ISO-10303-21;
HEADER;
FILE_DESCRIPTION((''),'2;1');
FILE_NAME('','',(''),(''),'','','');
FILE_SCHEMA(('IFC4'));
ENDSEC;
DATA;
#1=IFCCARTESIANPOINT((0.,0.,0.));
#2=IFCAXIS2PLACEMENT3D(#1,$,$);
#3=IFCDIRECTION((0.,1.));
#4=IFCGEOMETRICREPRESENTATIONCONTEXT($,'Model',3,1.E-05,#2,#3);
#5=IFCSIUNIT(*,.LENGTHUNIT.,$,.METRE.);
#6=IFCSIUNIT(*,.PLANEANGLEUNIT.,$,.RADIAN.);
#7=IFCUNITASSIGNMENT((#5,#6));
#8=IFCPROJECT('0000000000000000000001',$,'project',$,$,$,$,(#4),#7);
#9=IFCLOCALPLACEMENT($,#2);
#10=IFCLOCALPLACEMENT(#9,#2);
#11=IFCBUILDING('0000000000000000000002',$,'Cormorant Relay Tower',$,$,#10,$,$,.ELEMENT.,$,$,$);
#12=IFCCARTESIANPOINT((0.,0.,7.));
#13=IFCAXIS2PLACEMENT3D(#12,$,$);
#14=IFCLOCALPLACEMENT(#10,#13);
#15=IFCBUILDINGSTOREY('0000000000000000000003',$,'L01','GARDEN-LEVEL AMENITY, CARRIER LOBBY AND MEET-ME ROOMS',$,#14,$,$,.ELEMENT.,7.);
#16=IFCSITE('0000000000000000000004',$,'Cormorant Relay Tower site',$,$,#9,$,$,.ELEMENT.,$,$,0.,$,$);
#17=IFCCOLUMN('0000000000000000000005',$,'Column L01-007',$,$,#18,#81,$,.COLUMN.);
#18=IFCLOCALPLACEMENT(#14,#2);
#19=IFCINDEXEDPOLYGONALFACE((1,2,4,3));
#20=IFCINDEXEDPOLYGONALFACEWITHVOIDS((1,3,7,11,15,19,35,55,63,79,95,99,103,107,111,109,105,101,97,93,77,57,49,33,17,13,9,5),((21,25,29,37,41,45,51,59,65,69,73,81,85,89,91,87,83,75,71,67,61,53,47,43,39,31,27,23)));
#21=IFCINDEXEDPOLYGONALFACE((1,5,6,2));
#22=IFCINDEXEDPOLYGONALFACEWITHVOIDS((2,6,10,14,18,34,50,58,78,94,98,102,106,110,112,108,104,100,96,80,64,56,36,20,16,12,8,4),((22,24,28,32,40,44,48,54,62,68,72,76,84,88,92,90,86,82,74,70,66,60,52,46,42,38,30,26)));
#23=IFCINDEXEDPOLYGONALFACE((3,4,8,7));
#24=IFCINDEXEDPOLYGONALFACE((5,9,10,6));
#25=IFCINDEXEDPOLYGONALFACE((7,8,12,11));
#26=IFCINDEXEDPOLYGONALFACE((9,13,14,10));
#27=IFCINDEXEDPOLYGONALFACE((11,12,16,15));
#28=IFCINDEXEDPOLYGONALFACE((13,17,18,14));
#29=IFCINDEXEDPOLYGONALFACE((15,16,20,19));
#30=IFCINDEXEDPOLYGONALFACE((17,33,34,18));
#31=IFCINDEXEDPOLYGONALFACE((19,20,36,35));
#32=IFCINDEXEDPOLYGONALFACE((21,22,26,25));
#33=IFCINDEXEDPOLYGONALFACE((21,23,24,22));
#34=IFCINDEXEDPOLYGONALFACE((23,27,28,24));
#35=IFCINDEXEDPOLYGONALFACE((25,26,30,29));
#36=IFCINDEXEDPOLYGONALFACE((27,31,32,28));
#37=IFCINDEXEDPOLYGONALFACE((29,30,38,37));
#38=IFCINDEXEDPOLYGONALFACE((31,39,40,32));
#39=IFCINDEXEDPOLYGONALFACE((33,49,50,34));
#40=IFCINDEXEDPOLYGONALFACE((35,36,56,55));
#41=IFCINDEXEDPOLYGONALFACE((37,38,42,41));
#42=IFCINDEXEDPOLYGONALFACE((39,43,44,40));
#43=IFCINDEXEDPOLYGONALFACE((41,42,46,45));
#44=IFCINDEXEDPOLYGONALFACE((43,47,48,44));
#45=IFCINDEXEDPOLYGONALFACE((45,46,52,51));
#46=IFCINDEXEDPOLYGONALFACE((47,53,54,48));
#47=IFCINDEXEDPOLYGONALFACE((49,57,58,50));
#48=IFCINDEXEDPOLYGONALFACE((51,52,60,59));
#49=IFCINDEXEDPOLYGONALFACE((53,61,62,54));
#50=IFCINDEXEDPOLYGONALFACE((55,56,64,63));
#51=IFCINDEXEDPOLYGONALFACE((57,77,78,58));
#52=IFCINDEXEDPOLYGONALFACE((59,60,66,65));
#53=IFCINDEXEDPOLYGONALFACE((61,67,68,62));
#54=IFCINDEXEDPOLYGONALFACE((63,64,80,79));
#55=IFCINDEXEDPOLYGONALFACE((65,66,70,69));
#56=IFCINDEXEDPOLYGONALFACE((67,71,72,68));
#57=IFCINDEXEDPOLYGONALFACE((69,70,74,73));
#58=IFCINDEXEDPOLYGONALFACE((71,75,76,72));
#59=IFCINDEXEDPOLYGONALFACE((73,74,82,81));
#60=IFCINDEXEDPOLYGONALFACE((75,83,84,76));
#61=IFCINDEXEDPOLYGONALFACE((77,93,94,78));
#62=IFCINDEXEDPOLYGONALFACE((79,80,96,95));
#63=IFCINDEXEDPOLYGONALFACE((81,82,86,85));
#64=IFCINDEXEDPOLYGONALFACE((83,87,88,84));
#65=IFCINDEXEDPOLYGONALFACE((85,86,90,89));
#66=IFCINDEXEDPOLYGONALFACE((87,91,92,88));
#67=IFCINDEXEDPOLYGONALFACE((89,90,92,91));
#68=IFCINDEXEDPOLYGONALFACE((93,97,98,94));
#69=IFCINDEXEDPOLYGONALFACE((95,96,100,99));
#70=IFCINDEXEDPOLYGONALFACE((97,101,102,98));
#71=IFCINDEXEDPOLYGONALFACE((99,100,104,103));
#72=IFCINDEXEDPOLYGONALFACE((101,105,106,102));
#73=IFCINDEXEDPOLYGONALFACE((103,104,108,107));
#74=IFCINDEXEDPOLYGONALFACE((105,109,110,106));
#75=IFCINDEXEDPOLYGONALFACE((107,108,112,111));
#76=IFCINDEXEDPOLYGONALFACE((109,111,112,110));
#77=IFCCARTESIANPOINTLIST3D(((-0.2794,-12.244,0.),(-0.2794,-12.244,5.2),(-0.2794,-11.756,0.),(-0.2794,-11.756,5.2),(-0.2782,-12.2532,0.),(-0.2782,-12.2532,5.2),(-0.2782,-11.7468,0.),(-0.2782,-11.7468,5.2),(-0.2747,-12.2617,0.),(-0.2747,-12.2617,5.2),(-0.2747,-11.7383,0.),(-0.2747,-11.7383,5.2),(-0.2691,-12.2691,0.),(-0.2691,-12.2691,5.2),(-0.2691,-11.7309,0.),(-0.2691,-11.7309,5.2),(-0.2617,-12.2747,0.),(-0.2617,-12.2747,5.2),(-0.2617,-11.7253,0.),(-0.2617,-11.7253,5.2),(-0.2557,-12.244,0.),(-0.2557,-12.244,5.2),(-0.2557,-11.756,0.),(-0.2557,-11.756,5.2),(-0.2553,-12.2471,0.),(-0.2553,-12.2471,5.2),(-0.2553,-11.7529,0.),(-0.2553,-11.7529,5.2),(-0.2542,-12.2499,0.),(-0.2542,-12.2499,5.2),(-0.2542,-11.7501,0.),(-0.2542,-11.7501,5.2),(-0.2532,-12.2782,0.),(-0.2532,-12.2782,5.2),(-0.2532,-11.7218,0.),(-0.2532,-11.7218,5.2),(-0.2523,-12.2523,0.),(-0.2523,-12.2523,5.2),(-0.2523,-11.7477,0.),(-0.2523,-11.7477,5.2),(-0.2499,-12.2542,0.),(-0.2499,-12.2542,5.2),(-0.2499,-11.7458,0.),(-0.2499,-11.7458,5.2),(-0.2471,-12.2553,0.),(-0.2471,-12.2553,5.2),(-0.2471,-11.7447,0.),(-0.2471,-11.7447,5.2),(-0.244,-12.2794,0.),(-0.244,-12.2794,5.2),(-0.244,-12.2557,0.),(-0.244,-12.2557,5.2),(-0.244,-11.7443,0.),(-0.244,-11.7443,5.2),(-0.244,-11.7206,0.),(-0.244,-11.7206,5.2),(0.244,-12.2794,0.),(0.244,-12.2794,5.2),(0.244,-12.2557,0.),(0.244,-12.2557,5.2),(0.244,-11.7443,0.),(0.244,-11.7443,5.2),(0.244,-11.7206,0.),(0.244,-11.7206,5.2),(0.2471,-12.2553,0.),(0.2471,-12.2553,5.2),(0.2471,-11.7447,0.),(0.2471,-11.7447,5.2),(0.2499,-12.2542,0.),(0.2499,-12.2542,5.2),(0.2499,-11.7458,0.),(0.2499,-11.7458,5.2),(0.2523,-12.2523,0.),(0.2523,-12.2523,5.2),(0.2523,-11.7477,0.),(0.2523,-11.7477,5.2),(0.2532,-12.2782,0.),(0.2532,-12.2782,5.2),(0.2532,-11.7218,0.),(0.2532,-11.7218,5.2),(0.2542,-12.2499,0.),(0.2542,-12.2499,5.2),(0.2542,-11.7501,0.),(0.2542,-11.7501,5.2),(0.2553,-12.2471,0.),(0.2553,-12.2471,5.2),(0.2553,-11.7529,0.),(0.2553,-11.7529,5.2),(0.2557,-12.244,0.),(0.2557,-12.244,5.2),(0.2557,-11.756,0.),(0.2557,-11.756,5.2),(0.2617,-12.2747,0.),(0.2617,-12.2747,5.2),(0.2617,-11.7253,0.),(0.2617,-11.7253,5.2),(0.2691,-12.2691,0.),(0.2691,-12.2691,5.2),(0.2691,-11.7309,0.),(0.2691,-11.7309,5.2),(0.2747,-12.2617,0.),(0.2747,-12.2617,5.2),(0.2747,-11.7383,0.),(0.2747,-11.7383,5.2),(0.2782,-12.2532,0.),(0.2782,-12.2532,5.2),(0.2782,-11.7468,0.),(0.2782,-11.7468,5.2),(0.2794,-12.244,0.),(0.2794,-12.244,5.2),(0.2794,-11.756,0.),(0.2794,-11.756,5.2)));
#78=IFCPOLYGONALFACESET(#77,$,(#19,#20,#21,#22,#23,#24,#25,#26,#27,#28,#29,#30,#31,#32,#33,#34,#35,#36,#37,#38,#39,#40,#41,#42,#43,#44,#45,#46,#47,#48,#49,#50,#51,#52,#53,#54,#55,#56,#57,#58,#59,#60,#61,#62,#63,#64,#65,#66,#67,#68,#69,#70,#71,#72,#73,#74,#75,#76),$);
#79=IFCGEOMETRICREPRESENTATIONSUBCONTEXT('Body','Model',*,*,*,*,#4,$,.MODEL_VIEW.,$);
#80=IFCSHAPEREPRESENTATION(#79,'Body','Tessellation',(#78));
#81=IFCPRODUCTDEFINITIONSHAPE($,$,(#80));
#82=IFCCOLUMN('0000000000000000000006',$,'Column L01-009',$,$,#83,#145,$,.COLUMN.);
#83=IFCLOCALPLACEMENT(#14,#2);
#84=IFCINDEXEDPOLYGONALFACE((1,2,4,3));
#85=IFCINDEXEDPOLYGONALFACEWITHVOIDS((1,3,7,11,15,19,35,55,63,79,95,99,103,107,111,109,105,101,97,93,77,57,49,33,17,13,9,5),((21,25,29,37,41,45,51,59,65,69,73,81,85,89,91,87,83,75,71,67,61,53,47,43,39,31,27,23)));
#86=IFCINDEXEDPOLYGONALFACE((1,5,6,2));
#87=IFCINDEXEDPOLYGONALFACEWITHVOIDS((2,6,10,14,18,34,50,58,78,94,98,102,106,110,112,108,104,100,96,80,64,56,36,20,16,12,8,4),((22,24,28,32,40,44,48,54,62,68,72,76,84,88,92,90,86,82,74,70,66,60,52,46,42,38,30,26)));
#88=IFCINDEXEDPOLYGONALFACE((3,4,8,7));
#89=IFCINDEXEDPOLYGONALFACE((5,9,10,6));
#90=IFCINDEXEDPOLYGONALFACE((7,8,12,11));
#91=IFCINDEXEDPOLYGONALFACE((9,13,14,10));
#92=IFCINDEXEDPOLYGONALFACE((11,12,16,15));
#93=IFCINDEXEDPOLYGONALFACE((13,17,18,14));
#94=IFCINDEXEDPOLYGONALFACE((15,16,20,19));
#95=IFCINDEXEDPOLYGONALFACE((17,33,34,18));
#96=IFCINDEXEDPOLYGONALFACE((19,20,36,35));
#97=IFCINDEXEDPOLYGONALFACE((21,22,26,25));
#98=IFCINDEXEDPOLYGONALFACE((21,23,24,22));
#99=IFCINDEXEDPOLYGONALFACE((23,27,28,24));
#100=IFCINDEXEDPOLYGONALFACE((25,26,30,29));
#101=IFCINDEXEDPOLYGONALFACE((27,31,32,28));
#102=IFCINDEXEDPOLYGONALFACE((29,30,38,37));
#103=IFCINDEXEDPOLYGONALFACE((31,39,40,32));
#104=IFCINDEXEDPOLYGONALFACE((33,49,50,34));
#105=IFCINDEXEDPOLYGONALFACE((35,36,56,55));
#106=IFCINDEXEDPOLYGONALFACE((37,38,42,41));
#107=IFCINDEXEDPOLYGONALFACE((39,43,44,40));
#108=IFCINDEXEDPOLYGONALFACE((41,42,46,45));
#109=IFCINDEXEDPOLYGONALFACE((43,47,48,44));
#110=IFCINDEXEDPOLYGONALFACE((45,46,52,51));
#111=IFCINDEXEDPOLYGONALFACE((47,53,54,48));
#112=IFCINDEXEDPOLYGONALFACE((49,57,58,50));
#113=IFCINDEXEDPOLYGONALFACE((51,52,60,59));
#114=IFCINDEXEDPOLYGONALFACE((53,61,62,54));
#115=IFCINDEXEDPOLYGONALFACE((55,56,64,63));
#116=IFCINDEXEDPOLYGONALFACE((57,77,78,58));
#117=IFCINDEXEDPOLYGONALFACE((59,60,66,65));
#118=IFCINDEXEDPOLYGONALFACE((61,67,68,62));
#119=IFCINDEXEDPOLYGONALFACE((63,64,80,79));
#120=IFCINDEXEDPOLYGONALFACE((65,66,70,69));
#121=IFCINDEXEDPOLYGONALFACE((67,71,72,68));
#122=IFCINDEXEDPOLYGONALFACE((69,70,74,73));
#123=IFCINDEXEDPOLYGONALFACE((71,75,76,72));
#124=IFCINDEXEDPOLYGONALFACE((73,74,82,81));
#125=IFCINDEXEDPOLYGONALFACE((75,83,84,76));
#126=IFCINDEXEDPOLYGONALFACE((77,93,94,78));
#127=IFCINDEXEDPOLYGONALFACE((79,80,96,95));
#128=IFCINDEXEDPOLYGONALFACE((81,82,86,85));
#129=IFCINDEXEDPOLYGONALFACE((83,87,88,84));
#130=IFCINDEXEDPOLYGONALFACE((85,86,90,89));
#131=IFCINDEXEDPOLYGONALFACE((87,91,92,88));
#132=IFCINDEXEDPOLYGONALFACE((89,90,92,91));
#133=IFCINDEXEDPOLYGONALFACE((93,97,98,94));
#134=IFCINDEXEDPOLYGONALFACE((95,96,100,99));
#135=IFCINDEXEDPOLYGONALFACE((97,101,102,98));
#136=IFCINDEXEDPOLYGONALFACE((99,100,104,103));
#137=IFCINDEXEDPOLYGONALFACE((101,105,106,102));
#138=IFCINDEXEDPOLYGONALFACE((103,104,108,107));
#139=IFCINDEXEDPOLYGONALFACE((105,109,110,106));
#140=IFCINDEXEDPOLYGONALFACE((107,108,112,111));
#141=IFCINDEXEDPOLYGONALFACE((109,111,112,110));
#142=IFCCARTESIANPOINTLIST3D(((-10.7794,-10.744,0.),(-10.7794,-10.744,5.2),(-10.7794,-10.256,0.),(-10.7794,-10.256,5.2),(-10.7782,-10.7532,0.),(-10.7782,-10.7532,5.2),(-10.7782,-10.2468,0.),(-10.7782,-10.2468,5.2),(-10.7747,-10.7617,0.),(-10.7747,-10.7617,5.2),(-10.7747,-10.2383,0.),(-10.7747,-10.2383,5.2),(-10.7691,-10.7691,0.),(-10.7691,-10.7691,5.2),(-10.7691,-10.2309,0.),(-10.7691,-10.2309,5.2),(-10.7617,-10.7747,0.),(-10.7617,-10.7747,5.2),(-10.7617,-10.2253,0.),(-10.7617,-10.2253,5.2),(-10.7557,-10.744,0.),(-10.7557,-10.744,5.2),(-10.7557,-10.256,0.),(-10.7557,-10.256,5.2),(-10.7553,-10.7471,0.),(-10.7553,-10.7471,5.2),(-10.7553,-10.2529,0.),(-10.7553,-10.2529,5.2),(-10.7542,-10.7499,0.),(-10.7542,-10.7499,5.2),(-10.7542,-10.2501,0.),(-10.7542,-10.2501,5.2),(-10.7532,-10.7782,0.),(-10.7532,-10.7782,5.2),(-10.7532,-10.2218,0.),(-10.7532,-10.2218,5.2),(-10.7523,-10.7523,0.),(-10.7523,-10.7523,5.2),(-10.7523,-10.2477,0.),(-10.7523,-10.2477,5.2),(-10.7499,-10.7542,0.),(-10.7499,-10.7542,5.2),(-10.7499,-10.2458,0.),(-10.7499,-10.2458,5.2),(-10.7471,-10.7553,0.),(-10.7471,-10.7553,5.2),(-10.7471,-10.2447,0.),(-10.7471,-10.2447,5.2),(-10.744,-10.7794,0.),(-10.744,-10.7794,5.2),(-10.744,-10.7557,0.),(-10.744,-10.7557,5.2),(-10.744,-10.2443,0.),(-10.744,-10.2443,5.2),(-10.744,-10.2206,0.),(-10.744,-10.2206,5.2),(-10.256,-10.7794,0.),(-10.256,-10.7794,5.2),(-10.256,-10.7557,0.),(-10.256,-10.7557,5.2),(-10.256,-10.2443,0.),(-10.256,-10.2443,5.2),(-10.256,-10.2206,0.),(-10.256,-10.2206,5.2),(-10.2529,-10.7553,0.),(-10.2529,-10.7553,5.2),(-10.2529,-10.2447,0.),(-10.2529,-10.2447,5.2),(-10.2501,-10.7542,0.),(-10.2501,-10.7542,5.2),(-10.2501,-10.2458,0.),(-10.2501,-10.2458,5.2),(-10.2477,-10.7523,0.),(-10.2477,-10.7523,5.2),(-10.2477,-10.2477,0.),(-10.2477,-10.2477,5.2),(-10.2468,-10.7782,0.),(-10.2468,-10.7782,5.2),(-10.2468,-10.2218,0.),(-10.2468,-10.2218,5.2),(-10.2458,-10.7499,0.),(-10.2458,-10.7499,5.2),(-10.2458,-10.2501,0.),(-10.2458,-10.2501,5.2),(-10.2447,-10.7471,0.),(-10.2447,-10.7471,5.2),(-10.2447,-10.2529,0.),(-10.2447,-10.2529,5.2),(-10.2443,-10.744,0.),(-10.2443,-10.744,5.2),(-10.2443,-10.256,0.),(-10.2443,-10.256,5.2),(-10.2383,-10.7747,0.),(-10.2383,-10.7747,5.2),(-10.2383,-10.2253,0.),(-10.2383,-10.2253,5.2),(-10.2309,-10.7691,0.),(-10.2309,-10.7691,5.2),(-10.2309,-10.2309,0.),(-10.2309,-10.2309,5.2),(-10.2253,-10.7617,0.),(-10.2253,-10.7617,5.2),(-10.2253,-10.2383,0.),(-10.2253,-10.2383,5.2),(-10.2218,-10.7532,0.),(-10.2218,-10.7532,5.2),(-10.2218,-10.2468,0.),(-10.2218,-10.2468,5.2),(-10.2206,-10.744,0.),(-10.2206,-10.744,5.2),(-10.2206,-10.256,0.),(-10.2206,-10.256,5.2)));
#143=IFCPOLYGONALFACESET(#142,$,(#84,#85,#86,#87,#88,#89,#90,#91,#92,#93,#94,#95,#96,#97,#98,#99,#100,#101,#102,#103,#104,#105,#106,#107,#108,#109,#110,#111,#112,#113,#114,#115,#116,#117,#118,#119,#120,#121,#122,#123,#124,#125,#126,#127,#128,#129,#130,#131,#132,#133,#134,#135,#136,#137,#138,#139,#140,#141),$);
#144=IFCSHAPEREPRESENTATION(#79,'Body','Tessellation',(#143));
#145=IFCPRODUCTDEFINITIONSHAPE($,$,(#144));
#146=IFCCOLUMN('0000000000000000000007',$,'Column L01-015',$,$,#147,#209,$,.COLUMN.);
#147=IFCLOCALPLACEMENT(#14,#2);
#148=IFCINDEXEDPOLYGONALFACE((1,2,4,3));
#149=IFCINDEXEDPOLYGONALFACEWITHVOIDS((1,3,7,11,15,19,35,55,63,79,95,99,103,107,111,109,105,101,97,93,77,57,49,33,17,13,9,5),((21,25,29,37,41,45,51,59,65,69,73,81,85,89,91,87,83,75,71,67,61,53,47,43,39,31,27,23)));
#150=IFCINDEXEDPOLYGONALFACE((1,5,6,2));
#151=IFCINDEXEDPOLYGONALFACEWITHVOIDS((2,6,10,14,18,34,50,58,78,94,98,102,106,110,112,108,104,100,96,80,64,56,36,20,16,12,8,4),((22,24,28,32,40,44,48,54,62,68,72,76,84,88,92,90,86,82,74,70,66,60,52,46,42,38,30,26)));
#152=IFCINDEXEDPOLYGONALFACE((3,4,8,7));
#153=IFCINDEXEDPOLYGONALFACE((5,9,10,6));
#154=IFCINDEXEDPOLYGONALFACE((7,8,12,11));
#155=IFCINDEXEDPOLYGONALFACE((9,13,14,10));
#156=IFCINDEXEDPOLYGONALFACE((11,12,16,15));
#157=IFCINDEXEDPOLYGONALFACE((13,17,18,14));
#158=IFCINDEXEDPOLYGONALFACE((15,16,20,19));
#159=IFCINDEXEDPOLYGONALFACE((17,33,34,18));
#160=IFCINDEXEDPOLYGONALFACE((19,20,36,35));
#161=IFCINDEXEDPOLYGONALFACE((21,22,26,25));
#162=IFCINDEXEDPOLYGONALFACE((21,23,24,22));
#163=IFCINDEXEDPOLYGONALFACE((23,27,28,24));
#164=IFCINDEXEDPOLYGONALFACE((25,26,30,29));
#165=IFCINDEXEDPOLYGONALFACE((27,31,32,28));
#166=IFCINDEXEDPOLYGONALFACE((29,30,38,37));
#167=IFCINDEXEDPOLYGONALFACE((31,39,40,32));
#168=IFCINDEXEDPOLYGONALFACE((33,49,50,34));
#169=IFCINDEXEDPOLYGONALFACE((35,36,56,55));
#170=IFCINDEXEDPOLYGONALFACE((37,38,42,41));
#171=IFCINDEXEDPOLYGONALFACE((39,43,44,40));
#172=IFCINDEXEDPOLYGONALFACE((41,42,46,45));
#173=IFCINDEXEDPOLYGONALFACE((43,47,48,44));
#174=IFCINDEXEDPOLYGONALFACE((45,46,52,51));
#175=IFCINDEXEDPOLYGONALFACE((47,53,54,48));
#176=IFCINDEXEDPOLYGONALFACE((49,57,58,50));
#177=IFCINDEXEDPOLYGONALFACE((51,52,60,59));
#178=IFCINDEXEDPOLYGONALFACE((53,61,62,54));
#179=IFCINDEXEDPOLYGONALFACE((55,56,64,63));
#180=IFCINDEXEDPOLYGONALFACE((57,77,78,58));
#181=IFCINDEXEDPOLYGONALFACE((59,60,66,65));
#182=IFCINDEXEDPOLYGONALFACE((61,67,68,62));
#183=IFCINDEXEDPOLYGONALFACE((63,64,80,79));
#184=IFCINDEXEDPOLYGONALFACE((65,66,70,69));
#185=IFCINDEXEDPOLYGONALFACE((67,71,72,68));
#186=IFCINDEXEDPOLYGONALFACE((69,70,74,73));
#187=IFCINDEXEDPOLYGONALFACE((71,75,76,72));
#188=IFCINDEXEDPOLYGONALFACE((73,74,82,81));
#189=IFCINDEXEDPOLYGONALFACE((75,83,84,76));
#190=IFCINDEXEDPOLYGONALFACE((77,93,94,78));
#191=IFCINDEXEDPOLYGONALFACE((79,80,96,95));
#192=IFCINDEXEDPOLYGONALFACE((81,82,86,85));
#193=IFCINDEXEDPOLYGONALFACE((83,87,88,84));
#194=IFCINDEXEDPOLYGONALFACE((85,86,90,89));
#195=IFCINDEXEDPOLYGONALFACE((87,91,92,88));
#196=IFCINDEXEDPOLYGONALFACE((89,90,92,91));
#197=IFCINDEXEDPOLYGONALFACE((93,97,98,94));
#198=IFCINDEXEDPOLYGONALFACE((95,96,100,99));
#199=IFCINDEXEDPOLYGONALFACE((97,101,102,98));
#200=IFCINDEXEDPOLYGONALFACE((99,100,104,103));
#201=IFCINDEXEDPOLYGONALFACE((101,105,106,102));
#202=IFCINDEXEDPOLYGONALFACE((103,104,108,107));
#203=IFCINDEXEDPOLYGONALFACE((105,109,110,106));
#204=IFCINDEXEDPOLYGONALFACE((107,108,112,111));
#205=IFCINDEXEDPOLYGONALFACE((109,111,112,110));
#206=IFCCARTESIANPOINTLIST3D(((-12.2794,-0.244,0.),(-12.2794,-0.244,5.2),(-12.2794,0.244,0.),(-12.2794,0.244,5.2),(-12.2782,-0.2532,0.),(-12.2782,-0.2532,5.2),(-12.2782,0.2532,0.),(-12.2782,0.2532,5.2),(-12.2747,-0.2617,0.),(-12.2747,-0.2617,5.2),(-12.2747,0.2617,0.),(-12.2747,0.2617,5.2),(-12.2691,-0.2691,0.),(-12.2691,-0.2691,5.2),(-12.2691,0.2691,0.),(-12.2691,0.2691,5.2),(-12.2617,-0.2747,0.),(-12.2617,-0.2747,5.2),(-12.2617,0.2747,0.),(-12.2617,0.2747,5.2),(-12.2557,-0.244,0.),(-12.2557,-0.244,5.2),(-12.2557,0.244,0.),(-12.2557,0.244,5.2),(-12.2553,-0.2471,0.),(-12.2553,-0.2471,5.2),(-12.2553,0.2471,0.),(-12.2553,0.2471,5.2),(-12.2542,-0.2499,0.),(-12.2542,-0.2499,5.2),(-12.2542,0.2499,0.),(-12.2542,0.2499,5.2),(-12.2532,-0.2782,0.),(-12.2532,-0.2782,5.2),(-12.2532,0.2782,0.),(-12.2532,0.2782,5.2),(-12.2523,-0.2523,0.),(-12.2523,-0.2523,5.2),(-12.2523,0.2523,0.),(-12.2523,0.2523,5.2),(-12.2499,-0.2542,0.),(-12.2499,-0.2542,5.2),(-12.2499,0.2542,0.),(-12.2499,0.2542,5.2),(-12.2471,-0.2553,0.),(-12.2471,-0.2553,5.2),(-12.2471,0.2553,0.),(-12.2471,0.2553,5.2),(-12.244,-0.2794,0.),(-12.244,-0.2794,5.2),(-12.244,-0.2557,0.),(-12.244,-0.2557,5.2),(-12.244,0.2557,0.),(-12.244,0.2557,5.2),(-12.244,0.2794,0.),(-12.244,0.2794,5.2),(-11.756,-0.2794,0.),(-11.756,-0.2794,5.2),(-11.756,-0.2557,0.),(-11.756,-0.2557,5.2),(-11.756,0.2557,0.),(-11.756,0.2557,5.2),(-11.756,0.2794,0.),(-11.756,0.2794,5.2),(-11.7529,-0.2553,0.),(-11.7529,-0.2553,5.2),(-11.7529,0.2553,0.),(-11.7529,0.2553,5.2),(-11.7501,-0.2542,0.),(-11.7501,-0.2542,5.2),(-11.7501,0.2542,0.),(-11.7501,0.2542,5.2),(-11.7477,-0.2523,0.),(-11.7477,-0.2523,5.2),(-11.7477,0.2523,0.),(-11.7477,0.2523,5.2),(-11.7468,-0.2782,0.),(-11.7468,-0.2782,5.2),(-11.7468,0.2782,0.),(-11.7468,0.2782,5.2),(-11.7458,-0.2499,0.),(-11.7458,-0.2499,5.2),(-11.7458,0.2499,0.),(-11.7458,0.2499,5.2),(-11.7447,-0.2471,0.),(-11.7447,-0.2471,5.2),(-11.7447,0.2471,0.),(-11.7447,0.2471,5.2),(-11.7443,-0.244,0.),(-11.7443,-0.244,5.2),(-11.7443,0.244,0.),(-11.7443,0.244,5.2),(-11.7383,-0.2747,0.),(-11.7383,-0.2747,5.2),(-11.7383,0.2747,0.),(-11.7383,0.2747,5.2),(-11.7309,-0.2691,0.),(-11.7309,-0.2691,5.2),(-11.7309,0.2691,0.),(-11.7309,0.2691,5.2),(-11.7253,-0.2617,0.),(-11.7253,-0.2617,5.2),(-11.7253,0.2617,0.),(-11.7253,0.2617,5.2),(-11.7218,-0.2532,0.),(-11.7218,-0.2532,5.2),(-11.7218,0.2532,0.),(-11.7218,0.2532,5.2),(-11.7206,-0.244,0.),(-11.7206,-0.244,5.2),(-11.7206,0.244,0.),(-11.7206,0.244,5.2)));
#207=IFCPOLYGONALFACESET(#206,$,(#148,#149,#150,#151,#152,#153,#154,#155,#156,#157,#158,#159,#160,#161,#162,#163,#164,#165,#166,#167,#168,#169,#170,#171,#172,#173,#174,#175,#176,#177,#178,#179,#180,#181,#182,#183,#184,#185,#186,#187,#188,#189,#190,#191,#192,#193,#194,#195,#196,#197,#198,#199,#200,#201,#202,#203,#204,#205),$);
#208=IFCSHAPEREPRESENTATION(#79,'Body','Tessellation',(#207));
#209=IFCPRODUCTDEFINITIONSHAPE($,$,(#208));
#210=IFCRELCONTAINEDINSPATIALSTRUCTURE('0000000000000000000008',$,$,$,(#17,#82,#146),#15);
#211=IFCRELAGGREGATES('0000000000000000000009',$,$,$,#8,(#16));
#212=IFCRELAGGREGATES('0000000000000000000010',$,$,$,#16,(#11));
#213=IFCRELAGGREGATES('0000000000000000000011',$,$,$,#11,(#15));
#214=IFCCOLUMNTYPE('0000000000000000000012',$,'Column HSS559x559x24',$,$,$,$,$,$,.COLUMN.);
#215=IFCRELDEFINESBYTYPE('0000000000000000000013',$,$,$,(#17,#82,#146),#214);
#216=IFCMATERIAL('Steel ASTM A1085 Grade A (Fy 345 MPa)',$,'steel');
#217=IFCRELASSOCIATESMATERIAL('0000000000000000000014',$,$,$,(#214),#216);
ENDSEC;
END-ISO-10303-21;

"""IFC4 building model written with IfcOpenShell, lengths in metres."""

from ifc_helpers import new_model, si_unit, direction, frame, origin, origin_2d, place, context, subcontext, project, spatial, hollow_rectangle, extrude, material, material_profile, profile_set, type_object, element, save


model = new_model("IFC4")

# Units and contexts
model_context = context("Model", 3, precision=1e-05, world=origin(), true_north=direction((0.0, 1.0)))
body_context = subcontext(model_context, "Body", "Model", "MODEL_VIEW")
ifc_project = project(units=[si_unit("LENGTHUNIT", "METRE"), si_unit("PLANEANGLEUNIT", "RADIAN")], contexts=[model_context])

# Site, building, storey
site_placement = place(None, origin())
site = spatial("IfcSite", under=ifc_project, at=site_placement, Name="Cormorant Relay Tower site", CompositionType="ELEMENT", RefElevation=0.0)
building_placement = place(site_placement, origin())
building = spatial("IfcBuilding", under=site, at=building_placement, Name="Cormorant Relay Tower", CompositionType="ELEMENT")
storey_placement = place(building_placement, frame((0.0, 0.0, 7.0)))
storey = spatial("IfcBuildingStorey", under=building, at=storey_placement, Name="L01", Description="GARDEN-LEVEL AMENITY, CARRIER LOBBY AND MEET-ME ROOMS", CompositionType="ELEMENT", Elevation=7.0)

# Columns
ifc_material_1 = material(Name="Steel ASTM A1085 Grade A (Fy 345 MPa)", Category="steel")
ifc_material_profile_1 = material_profile(ifc_material_1, hollow_rectangle(XDim=0.5588, YDim=0.5588, WallThickness=0.0237, InnerFilletRadius=0.0117, OuterFilletRadius=0.0354, at=origin_2d()), Name="HSS559x559x24")
ifc_profile_set_1 = profile_set([ifc_material_profile_1], Name="Steel ASTM A1085 Grade A (Fy 345 MPa)")
column_type = type_object("IfcColumnType", Name="Column HSS559x559x24", PredefinedType="COLUMN", material=ifc_profile_set_1)
for number, where, z_axis, x_axis, name in (
    (1, (0.0, -12.0, 0.0), (0.0, 0.0, 1.0), (1.0, 0.0, 0.0), "Column L01-007"),
    (2, (-10.5, -10.5, 0.0), (0.0, 0.0, 1.0), (1.0, 0.0, 0.0), "Column L01-009"),
    (3, (-12.0, 0.0, 0.0), (0.0, 0.0, 1.0), (1.0, 0.0, 0.0), "Column L01-015"),
):
    element("IfcColumn", number, at=place(storey_placement, frame(where, z_axis=z_axis, x_axis=x_axis)), inside=storey, type_object=column_type, Name=name, PredefinedType="COLUMN", context=body_context, shape_type="SweptSolid", body=[
        extrude(hollow_rectangle(XDim=0.5588, YDim=0.5588, WallThickness=0.0237, InnerFilletRadius=0.0117, OuterFilletRadius=0.0354, at=origin_2d()), origin(), (0.0, 0.0, 1.0), 5.2),
    ])

save(model, "model.ifc")
